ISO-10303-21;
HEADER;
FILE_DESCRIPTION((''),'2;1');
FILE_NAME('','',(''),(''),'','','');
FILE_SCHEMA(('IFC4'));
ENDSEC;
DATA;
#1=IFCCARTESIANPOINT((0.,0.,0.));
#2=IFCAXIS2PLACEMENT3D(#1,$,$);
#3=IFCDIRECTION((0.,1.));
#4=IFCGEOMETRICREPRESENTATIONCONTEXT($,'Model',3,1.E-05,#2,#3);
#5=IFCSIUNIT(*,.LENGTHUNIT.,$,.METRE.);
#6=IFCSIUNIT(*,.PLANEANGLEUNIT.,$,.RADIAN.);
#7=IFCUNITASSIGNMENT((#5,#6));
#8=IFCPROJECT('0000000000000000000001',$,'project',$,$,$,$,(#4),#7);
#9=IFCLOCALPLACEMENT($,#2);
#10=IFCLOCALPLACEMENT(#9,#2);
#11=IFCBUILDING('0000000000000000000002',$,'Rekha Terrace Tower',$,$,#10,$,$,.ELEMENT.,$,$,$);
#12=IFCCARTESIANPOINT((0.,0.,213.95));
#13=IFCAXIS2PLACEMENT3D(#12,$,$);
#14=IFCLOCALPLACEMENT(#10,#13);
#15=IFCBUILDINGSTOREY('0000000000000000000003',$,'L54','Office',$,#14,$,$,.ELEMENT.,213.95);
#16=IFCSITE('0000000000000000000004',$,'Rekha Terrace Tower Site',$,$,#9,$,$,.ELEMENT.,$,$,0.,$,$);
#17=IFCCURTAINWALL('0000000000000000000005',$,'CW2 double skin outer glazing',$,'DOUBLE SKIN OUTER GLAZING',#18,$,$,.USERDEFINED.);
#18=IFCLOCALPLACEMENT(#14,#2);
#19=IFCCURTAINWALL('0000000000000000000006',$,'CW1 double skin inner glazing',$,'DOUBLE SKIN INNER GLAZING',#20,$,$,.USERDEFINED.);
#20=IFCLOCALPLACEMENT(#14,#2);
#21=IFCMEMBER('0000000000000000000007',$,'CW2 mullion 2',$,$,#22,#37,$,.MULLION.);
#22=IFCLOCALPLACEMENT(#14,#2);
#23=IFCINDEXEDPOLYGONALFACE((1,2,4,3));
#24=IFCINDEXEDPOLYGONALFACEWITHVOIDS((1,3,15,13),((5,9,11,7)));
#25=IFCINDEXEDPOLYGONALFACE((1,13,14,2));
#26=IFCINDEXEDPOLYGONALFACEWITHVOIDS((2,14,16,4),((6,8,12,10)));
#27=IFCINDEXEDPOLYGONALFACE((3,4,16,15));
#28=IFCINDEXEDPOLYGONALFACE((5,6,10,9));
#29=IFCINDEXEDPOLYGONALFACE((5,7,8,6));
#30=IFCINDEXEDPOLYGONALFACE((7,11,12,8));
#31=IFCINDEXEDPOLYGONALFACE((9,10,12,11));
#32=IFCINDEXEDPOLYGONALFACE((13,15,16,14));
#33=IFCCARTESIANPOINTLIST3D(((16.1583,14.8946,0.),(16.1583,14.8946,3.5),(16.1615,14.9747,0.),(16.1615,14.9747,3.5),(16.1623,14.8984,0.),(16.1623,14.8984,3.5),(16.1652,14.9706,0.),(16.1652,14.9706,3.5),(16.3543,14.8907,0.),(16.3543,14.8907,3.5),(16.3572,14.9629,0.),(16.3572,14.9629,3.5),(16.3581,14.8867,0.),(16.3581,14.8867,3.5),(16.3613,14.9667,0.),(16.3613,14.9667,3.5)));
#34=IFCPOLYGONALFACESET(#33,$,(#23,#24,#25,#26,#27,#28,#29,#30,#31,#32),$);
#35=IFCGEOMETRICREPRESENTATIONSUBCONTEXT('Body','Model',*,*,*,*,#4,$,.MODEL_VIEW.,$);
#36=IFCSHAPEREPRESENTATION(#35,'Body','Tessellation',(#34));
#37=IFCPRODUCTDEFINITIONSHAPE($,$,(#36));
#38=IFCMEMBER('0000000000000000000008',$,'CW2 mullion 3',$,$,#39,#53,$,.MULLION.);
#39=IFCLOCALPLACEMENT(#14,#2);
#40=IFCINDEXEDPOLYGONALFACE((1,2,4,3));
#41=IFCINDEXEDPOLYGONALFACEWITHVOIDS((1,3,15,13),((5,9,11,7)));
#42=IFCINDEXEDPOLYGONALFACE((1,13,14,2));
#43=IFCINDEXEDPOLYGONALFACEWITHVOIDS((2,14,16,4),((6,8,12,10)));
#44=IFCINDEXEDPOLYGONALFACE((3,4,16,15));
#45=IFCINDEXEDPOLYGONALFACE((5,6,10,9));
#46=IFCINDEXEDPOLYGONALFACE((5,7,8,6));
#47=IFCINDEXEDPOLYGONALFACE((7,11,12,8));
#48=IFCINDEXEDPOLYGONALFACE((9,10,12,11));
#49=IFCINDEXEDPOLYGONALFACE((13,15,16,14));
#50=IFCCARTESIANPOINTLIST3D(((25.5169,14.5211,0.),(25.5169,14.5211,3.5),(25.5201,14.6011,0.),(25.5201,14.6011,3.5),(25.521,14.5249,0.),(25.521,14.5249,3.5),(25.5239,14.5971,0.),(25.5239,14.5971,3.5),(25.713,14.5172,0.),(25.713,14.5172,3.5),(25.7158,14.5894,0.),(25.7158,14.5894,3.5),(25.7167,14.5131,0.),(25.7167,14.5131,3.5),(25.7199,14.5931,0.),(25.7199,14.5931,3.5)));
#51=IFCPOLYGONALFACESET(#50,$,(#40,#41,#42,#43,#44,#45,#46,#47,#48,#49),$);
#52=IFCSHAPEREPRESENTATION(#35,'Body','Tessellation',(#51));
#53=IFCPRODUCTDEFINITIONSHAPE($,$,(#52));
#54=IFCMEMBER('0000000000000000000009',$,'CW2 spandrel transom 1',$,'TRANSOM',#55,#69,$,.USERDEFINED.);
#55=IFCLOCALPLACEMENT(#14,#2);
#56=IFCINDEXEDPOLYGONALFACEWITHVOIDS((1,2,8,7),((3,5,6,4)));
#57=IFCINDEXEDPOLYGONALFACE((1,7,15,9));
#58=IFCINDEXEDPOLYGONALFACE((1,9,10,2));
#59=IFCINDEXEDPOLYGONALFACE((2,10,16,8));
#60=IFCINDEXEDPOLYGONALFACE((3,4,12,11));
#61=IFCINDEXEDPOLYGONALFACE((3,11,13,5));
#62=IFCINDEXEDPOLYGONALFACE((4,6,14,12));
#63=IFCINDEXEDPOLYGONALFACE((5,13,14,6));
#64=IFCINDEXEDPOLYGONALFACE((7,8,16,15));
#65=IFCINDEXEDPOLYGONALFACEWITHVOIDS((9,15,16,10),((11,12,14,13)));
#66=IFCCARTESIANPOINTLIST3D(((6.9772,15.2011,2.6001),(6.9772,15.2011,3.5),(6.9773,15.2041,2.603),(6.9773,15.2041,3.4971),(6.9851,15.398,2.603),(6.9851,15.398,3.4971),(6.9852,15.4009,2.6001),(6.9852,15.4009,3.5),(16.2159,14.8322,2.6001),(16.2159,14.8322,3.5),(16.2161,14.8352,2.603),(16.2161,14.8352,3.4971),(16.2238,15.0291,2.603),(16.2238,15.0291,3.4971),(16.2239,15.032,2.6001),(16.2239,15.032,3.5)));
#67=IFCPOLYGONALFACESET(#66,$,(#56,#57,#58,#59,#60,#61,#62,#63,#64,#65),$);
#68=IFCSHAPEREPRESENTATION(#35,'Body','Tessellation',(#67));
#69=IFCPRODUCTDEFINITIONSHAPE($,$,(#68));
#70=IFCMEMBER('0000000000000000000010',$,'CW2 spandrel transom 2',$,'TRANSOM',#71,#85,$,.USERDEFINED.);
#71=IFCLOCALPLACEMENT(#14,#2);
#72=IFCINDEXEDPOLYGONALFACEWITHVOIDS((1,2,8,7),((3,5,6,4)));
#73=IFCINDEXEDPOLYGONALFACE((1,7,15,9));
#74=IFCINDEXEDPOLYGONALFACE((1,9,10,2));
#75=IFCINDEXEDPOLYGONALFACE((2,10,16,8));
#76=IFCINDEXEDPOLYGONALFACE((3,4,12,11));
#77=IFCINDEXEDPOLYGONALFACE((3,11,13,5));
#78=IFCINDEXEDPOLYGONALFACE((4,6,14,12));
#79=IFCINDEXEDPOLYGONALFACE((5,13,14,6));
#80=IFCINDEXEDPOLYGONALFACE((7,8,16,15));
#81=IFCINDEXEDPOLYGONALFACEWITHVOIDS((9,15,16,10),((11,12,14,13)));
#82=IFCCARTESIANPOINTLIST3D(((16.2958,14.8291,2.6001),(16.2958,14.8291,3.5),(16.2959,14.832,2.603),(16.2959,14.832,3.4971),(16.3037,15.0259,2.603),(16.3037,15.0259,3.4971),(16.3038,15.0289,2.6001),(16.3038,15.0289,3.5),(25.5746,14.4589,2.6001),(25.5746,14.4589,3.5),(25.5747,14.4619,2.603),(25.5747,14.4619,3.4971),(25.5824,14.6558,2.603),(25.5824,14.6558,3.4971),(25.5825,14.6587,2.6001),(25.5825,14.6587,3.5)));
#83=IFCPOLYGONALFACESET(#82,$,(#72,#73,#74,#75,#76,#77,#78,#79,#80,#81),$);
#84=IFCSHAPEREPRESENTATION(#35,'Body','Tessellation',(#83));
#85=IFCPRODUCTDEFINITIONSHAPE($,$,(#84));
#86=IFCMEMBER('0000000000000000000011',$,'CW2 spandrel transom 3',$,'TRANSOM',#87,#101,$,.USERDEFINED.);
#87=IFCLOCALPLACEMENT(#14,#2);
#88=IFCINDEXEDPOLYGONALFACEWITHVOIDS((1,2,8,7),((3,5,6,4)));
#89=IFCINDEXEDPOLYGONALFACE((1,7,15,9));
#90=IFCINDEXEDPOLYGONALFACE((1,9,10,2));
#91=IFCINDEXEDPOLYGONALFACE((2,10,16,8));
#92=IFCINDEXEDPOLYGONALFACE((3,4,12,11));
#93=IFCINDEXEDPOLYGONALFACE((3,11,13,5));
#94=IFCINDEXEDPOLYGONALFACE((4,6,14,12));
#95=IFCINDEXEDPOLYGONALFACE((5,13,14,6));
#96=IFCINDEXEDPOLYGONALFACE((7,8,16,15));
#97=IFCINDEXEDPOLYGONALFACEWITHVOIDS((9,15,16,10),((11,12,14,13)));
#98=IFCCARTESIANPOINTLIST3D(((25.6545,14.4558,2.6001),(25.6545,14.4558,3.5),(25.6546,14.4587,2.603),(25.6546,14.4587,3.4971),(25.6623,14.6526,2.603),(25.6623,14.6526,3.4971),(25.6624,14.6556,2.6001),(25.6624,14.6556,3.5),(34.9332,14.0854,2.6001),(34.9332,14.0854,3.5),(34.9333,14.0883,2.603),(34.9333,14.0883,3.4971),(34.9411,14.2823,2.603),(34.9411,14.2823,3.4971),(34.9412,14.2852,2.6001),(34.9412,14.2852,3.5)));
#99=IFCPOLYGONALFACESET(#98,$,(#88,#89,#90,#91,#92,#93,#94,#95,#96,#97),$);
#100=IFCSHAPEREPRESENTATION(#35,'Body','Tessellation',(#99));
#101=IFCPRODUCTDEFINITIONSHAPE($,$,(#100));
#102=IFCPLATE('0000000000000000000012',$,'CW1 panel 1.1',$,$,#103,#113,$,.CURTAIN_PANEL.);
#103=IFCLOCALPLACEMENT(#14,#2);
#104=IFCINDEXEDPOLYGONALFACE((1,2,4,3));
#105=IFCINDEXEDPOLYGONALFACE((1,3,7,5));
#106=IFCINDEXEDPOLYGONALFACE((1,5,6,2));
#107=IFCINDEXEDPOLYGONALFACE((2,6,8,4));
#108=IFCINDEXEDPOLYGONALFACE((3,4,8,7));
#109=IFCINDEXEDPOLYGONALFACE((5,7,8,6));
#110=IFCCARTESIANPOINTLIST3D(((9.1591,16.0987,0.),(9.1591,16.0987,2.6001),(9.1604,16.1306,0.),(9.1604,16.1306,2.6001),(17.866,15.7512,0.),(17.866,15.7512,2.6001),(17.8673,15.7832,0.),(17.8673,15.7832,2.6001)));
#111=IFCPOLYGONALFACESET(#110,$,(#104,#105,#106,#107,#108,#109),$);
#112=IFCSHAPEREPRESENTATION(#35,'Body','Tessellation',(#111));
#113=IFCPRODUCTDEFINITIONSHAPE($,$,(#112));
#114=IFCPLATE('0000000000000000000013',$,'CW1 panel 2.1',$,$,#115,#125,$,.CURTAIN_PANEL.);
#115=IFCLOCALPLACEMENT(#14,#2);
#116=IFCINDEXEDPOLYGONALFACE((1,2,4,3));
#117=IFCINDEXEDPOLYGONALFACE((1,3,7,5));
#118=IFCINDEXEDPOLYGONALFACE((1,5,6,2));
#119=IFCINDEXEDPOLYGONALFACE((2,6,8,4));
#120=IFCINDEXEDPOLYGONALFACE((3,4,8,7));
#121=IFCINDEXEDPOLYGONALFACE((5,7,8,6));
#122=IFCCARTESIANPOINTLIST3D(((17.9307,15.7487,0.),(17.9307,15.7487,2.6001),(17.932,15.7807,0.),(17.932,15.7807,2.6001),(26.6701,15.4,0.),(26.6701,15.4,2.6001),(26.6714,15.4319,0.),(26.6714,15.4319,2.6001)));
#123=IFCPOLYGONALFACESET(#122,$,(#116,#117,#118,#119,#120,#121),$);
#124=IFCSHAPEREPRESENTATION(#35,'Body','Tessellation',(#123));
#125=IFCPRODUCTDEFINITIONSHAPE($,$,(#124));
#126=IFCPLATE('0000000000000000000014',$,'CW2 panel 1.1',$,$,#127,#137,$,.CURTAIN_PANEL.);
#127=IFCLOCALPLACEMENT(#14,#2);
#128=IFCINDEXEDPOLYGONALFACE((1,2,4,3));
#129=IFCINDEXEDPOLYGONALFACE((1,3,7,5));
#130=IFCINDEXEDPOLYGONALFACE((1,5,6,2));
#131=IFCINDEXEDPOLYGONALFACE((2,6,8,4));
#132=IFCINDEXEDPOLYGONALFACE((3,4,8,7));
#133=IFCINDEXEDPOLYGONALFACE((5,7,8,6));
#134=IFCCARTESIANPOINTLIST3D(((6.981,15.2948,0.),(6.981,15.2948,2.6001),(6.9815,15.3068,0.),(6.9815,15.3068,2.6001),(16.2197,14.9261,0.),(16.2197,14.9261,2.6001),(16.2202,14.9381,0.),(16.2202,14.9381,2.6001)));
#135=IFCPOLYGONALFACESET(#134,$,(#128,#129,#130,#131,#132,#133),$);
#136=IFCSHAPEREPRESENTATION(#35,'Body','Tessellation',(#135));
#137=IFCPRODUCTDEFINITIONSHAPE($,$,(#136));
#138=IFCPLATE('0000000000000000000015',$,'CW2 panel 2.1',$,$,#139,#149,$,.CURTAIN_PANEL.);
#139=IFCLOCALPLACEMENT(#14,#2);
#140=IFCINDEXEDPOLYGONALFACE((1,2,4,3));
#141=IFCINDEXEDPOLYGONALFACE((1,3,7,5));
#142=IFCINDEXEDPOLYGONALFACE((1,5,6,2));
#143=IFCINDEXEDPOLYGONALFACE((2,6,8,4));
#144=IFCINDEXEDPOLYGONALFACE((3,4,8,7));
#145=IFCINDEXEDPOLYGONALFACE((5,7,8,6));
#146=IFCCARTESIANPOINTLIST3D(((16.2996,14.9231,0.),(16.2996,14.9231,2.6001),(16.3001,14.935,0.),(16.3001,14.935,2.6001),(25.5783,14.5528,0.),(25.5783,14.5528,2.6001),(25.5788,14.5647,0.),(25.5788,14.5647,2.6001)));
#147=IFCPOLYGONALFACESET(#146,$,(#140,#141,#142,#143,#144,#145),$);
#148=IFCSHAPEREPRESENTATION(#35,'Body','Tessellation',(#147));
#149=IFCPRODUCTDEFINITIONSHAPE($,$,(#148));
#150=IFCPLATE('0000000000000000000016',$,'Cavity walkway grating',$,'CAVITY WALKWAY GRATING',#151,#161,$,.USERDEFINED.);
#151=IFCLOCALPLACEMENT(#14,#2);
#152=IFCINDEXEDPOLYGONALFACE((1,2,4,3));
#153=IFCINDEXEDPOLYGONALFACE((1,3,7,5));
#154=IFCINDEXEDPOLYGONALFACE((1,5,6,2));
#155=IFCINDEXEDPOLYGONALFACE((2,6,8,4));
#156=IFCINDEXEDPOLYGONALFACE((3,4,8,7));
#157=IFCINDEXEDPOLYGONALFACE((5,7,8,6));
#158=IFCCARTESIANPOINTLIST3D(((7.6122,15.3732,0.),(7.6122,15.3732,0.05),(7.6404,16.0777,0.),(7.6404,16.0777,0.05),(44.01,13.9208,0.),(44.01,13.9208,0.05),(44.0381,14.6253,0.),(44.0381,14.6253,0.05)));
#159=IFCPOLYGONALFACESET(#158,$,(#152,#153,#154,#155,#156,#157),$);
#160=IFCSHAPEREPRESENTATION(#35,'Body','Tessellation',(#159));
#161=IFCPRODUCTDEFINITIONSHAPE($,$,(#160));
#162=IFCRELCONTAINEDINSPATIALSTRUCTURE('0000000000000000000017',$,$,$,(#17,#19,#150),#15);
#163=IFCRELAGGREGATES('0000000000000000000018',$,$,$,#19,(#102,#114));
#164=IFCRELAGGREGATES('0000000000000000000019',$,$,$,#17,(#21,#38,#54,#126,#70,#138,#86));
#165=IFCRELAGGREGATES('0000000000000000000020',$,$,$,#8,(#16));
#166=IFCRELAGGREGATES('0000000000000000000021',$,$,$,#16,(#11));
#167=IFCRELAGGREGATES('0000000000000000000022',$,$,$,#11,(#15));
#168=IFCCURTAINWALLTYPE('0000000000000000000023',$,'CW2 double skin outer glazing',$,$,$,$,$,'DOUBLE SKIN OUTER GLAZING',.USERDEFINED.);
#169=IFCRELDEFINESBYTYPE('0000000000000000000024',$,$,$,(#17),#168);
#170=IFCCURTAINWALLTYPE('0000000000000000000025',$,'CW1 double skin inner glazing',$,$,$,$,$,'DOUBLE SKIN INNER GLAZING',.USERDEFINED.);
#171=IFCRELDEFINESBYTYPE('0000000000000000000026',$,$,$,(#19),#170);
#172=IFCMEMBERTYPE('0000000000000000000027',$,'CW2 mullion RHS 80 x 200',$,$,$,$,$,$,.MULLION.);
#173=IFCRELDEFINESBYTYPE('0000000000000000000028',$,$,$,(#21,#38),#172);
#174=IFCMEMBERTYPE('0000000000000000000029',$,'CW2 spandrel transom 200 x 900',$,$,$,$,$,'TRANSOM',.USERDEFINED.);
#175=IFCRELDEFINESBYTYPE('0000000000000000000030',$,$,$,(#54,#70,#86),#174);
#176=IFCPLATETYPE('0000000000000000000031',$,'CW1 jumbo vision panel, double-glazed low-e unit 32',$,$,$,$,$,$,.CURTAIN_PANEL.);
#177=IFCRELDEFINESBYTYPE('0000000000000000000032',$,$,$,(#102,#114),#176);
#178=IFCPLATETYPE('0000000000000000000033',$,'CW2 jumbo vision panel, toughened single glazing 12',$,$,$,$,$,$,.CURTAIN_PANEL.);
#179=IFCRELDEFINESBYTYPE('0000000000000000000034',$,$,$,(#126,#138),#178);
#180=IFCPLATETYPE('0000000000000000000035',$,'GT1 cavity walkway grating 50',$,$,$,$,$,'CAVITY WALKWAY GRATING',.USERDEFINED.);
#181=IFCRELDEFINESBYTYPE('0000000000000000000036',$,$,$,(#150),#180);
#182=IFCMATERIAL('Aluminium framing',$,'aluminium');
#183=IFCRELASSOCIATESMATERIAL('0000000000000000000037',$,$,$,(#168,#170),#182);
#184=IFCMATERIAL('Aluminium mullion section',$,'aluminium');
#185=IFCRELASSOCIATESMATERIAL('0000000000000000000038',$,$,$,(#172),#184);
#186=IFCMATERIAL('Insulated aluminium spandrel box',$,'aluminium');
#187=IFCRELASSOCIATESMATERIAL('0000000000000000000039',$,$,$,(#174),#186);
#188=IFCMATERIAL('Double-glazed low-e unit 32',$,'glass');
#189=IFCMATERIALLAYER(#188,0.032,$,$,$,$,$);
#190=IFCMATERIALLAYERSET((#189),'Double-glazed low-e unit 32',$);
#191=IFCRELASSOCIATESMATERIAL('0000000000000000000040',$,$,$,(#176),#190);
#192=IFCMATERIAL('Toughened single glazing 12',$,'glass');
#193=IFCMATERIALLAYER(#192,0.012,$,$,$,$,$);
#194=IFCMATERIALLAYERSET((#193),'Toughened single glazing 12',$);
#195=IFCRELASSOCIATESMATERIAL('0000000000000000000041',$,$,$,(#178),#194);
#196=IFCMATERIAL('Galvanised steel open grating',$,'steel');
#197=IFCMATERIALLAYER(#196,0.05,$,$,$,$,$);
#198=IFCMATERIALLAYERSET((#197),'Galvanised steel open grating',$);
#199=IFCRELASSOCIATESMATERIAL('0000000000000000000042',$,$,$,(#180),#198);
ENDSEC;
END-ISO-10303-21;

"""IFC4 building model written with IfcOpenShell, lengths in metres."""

from ifc_helpers import new_model, si_unit, direction, frame, origin, origin_2d, place, context, subcontext, project, spatial, rectangle, hollow_rectangle, extrude, material, layer, layer_set, material_profile, profile_set, type_object, element, aggregate, save


model = new_model("IFC4")

# Units and contexts
model_context = context("Model", 3, precision=1e-05, world=origin(), true_north=direction((0.0, 1.0)))
body_context = subcontext(model_context, "Body", "Model", "MODEL_VIEW")
ifc_project = project(units=[si_unit("LENGTHUNIT", "METRE"), si_unit("PLANEANGLEUNIT", "RADIAN")], contexts=[model_context])

# Site, building, storey
site_placement = place(None, origin())
site = spatial("IfcSite", under=ifc_project, at=site_placement, Name="Rekha Terrace Tower Site", CompositionType="ELEMENT", RefElevation=0.0)
building_placement = place(site_placement, origin())
building = spatial("IfcBuilding", under=site, at=building_placement, Name="Rekha Terrace Tower", CompositionType="ELEMENT")
storey_placement = place(building_placement, frame((0.0, 0.0, 213.95)))
storey = spatial("IfcBuildingStorey", under=building, at=storey_placement, Name="L54", Description="Office", CompositionType="ELEMENT", Elevation=213.95)

# Curtain walls
ifc_material_1 = material(Name="Aluminium framing", Category="aluminium")
curtain_wall_type_1 = type_object("IfcCurtainWallType", Name="CW2 double skin outer glazing", ElementType="DOUBLE SKIN OUTER GLAZING", PredefinedType="USERDEFINED", material=ifc_material_1)
curtain_wall_1_placement = place(storey_placement, origin())
curtain_wall_1 = element("IfcCurtainWall", 1, at=curtain_wall_1_placement, inside=storey, type_object=curtain_wall_type_1, Name="CW2 double skin outer glazing", ObjectType="DOUBLE SKIN OUTER GLAZING", PredefinedType="USERDEFINED")
curtain_wall_type_2 = type_object("IfcCurtainWallType", Name="CW1 double skin inner glazing", ElementType="DOUBLE SKIN INNER GLAZING", PredefinedType="USERDEFINED", material=ifc_material_1)
curtain_wall_2_placement = place(storey_placement, origin())
curtain_wall_2 = element("IfcCurtainWall", 2, at=curtain_wall_2_placement, inside=storey, type_object=curtain_wall_type_2, Name="CW1 double skin inner glazing", ObjectType="DOUBLE SKIN INNER GLAZING", PredefinedType="USERDEFINED")
ifc_material_2 = material(Name="Aluminium mullion section", Category="aluminium")

# Members
ifc_material_3 = material(Name="Insulated aluminium spandrel box", Category="aluminium")
ifc_material_profile_1 = material_profile(ifc_material_2, hollow_rectangle(XDim=0.0801, YDim=0.2, WallThickness=0.0039, at=origin_2d()), Name="AL RHS 80x200")
ifc_profile_set_1 = profile_set([ifc_material_profile_1], Name="Aluminium mullion section")
member_type_1 = type_object("IfcMemberType", Name="CW2 mullion RHS 80 x 200", PredefinedType="MULLION", material=ifc_profile_set_1)
member_1_placement = place(storey_placement, frame((16.2598, 14.9307, 0.0), z_axis=(0.0, 0.0, 1.0), x_axis=(0.039872, 0.999205, 0.0)))
member_1 = element("IfcMember", 3, at=member_1_placement, type_object=member_type_1, Name="CW2 mullion 2", PredefinedType="MULLION", context=body_context, shape_type="SweptSolid", body=[
    extrude(hollow_rectangle(XDim=0.0801, YDim=0.2, WallThickness=0.0039, at=origin_2d()), origin(), (0.0, 0.0, 1.0), 3.5),
])
member_2_placement = place(storey_placement, frame((25.6184, 14.5571, 0.0), z_axis=(0.0, 0.0, 1.0), x_axis=(0.039872, 0.999205, 0.0)))
member_2 = element("IfcMember", 4, at=member_2_placement, type_object=member_type_1, Name="CW2 mullion 3", PredefinedType="MULLION", context=body_context, shape_type="SweptSolid", body=[
    extrude(hollow_rectangle(XDim=0.0801, YDim=0.2, WallThickness=0.0039, at=origin_2d()), origin(), (0.0, 0.0, 1.0), 3.5),
])
ifc_material_profile_2 = material_profile(ifc_material_3, hollow_rectangle(XDim=0.2, YDim=0.8999, WallThickness=0.0029, at=origin_2d()), Name="AL SPANDREL BOX 200x900")
ifc_profile_set_2 = profile_set([ifc_material_profile_2], Name="Insulated aluminium spandrel box")
member_type_2 = type_object("IfcMemberType", Name="CW2 spandrel transom 200 x 900", ElementType="TRANSOM", PredefinedType="USERDEFINED", material=ifc_profile_set_2)
member_3_placement = place(storey_placement, frame((6.9812, 15.301, 3.05), z_axis=(0.999204, -0.039897, 0.0), x_axis=(0.039897, 0.999204, 0.0)))
member_3 = element("IfcMember", 5, at=member_3_placement, type_object=member_type_2, Name="CW2 spandrel transom 1", ObjectType="TRANSOM", PredefinedType="USERDEFINED", context=body_context, shape_type="SweptSolid", body=[
    extrude(hollow_rectangle(XDim=0.2, YDim=0.8999, WallThickness=0.0029, at=origin_2d()), origin(), (0.0, 0.0, 1.0), 9.2461),
])
member_4_placement = place(storey_placement, frame((16.2998, 14.929, 3.05), z_axis=(0.999205, -0.039857, 0.0), x_axis=(0.039857, 0.999205, 0.0)))
member_4 = element("IfcMember", 6, at=member_4_placement, type_object=member_type_2, Name="CW2 spandrel transom 2", ObjectType="TRANSOM", PredefinedType="USERDEFINED", context=body_context, shape_type="SweptSolid", body=[
    extrude(hollow_rectangle(XDim=0.2, YDim=0.8999, WallThickness=0.0029, at=origin_2d()), origin(), (0.0, 0.0, 1.0), 9.2861),
])
member_5_placement = place(storey_placement, frame((25.6584, 14.5557, 3.05), z_axis=(0.999204, -0.039883, 0.0), x_axis=(0.039883, 0.999204, 0.0)))
member_5 = element("IfcMember", 7, at=member_5_placement, type_object=member_type_2, Name="CW2 spandrel transom 3", ObjectType="TRANSOM", PredefinedType="USERDEFINED", context=body_context, shape_type="SweptSolid", body=[
    extrude(hollow_rectangle(XDim=0.2, YDim=0.8999, WallThickness=0.0029, at=origin_2d()), origin(), (0.0, 0.0, 1.0), 9.2861),
])

# Plates
ifc_material_4 = material(Name="Double-glazed low-e unit 32", Category="glass")
ifc_layer_1 = layer(ifc_material_4, 0.032)
ifc_layer_set_1 = layer_set([ifc_layer_1], Name="Double-glazed low-e unit 32")
plate_type_1 = type_object("IfcPlateType", Name="CW1 jumbo vision panel, double-glazed low-e unit 32", PredefinedType="CURTAIN_PANEL", material=ifc_layer_set_1)
plate_1_placement = place(storey_placement, frame((13.5132, 15.9409, 0.0), z_axis=(0.0, 0.0, 1.0), x_axis=(0.999205, -0.039872, 0.0)))
plate_1 = element("IfcPlate", 8, at=plate_1_placement, type_object=plate_type_1, Name="CW1 panel 1.1", PredefinedType="CURTAIN_PANEL", context=body_context, shape_type="SweptSolid", body=[
    extrude(rectangle(XDim=8.7139, YDim=0.032, at=origin_2d()), origin(), (0.0, 0.0, 1.0), 2.6001),
])
plate_2_placement = place(storey_placement, frame((22.301, 15.5903, 0.0), z_axis=(0.0, 0.0, 1.0), x_axis=(0.999205, -0.039872, 0.0)))
plate_2 = element("IfcPlate", 9, at=plate_2_placement, type_object=plate_type_1, Name="CW1 panel 2.1", PredefinedType="CURTAIN_PANEL", context=body_context, shape_type="SweptSolid", body=[
    extrude(rectangle(XDim=8.7463, YDim=0.032, at=origin_2d()), origin(), (0.0, 0.0, 1.0), 2.6001),
])
aggregate(curtain_wall_2, [plate_1, plate_2])
ifc_material_5 = material(Name="Toughened single glazing 12", Category="glass")
ifc_layer_2 = layer(ifc_material_5, 0.012)
ifc_layer_set_2 = layer_set([ifc_layer_2], Name="Toughened single glazing 12")
plate_type_2 = type_object("IfcPlateType", Name="CW2 jumbo vision panel, toughened single glazing 12", PredefinedType="CURTAIN_PANEL", material=ifc_layer_set_2)
plate_3_placement = place(storey_placement, frame((11.6006, 15.1165, 0.0), z_axis=(0.0, 0.0, 1.0), x_axis=(0.999205, -0.039872, 0.0)))
plate_3 = element("IfcPlate", 10, at=plate_3_placement, type_object=plate_type_2, Name="CW2 panel 1.1", PredefinedType="CURTAIN_PANEL", context=body_context, shape_type="SweptSolid", body=[
    extrude(rectangle(XDim=9.2461, YDim=0.012, at=origin_2d()), origin(), (0.0, 0.0, 1.0), 2.6001),
])
plate_4_placement = place(storey_placement, frame((20.9392, 14.7439, 0.0), z_axis=(0.0, 0.0, 1.0), x_axis=(0.999205, -0.039872, 0.0)))
plate_4 = element("IfcPlate", 11, at=plate_4_placement, type_object=plate_type_2, Name="CW2 panel 2.1", PredefinedType="CURTAIN_PANEL", context=body_context, shape_type="SweptSolid", body=[
    extrude(rectangle(XDim=9.2861, YDim=0.012, at=origin_2d()), origin(), (0.0, 0.0, 1.0), 2.6001),
])
aggregate(curtain_wall_1, [member_1, member_2, member_3, plate_3, member_4, plate_4, member_5])
ifc_material_6 = material(Name="Galvanised steel open grating", Category="steel")
ifc_layer_3 = layer(ifc_material_6, 0.05)
ifc_layer_set_3 = layer_set([ifc_layer_3], Name="Galvanised steel open grating")
plate_type_3 = type_object("IfcPlateType", Name="GT1 cavity walkway grating 50", ElementType="CAVITY WALKWAY GRATING", PredefinedType="USERDEFINED", material=ifc_layer_set_3)
plate_5_placement = place(storey_placement, frame((25.8252, 14.9993, 0.0), z_axis=(0.0, 0.0, 1.0), x_axis=(0.999205, -0.039872, 0.0)))
element("IfcPlate", 12, at=plate_5_placement, inside=storey, type_object=plate_type_3, Name="Cavity walkway grating", ObjectType="CAVITY WALKWAY GRATING", PredefinedType="USERDEFINED", context=body_context, shape_type="SweptSolid", body=[
    extrude(rectangle(XDim=36.4268, YDim=0.7051, at=origin_2d()), origin(), (0.0, 0.0, 1.0), 0.05),
])

save(model, "model.ifc")
